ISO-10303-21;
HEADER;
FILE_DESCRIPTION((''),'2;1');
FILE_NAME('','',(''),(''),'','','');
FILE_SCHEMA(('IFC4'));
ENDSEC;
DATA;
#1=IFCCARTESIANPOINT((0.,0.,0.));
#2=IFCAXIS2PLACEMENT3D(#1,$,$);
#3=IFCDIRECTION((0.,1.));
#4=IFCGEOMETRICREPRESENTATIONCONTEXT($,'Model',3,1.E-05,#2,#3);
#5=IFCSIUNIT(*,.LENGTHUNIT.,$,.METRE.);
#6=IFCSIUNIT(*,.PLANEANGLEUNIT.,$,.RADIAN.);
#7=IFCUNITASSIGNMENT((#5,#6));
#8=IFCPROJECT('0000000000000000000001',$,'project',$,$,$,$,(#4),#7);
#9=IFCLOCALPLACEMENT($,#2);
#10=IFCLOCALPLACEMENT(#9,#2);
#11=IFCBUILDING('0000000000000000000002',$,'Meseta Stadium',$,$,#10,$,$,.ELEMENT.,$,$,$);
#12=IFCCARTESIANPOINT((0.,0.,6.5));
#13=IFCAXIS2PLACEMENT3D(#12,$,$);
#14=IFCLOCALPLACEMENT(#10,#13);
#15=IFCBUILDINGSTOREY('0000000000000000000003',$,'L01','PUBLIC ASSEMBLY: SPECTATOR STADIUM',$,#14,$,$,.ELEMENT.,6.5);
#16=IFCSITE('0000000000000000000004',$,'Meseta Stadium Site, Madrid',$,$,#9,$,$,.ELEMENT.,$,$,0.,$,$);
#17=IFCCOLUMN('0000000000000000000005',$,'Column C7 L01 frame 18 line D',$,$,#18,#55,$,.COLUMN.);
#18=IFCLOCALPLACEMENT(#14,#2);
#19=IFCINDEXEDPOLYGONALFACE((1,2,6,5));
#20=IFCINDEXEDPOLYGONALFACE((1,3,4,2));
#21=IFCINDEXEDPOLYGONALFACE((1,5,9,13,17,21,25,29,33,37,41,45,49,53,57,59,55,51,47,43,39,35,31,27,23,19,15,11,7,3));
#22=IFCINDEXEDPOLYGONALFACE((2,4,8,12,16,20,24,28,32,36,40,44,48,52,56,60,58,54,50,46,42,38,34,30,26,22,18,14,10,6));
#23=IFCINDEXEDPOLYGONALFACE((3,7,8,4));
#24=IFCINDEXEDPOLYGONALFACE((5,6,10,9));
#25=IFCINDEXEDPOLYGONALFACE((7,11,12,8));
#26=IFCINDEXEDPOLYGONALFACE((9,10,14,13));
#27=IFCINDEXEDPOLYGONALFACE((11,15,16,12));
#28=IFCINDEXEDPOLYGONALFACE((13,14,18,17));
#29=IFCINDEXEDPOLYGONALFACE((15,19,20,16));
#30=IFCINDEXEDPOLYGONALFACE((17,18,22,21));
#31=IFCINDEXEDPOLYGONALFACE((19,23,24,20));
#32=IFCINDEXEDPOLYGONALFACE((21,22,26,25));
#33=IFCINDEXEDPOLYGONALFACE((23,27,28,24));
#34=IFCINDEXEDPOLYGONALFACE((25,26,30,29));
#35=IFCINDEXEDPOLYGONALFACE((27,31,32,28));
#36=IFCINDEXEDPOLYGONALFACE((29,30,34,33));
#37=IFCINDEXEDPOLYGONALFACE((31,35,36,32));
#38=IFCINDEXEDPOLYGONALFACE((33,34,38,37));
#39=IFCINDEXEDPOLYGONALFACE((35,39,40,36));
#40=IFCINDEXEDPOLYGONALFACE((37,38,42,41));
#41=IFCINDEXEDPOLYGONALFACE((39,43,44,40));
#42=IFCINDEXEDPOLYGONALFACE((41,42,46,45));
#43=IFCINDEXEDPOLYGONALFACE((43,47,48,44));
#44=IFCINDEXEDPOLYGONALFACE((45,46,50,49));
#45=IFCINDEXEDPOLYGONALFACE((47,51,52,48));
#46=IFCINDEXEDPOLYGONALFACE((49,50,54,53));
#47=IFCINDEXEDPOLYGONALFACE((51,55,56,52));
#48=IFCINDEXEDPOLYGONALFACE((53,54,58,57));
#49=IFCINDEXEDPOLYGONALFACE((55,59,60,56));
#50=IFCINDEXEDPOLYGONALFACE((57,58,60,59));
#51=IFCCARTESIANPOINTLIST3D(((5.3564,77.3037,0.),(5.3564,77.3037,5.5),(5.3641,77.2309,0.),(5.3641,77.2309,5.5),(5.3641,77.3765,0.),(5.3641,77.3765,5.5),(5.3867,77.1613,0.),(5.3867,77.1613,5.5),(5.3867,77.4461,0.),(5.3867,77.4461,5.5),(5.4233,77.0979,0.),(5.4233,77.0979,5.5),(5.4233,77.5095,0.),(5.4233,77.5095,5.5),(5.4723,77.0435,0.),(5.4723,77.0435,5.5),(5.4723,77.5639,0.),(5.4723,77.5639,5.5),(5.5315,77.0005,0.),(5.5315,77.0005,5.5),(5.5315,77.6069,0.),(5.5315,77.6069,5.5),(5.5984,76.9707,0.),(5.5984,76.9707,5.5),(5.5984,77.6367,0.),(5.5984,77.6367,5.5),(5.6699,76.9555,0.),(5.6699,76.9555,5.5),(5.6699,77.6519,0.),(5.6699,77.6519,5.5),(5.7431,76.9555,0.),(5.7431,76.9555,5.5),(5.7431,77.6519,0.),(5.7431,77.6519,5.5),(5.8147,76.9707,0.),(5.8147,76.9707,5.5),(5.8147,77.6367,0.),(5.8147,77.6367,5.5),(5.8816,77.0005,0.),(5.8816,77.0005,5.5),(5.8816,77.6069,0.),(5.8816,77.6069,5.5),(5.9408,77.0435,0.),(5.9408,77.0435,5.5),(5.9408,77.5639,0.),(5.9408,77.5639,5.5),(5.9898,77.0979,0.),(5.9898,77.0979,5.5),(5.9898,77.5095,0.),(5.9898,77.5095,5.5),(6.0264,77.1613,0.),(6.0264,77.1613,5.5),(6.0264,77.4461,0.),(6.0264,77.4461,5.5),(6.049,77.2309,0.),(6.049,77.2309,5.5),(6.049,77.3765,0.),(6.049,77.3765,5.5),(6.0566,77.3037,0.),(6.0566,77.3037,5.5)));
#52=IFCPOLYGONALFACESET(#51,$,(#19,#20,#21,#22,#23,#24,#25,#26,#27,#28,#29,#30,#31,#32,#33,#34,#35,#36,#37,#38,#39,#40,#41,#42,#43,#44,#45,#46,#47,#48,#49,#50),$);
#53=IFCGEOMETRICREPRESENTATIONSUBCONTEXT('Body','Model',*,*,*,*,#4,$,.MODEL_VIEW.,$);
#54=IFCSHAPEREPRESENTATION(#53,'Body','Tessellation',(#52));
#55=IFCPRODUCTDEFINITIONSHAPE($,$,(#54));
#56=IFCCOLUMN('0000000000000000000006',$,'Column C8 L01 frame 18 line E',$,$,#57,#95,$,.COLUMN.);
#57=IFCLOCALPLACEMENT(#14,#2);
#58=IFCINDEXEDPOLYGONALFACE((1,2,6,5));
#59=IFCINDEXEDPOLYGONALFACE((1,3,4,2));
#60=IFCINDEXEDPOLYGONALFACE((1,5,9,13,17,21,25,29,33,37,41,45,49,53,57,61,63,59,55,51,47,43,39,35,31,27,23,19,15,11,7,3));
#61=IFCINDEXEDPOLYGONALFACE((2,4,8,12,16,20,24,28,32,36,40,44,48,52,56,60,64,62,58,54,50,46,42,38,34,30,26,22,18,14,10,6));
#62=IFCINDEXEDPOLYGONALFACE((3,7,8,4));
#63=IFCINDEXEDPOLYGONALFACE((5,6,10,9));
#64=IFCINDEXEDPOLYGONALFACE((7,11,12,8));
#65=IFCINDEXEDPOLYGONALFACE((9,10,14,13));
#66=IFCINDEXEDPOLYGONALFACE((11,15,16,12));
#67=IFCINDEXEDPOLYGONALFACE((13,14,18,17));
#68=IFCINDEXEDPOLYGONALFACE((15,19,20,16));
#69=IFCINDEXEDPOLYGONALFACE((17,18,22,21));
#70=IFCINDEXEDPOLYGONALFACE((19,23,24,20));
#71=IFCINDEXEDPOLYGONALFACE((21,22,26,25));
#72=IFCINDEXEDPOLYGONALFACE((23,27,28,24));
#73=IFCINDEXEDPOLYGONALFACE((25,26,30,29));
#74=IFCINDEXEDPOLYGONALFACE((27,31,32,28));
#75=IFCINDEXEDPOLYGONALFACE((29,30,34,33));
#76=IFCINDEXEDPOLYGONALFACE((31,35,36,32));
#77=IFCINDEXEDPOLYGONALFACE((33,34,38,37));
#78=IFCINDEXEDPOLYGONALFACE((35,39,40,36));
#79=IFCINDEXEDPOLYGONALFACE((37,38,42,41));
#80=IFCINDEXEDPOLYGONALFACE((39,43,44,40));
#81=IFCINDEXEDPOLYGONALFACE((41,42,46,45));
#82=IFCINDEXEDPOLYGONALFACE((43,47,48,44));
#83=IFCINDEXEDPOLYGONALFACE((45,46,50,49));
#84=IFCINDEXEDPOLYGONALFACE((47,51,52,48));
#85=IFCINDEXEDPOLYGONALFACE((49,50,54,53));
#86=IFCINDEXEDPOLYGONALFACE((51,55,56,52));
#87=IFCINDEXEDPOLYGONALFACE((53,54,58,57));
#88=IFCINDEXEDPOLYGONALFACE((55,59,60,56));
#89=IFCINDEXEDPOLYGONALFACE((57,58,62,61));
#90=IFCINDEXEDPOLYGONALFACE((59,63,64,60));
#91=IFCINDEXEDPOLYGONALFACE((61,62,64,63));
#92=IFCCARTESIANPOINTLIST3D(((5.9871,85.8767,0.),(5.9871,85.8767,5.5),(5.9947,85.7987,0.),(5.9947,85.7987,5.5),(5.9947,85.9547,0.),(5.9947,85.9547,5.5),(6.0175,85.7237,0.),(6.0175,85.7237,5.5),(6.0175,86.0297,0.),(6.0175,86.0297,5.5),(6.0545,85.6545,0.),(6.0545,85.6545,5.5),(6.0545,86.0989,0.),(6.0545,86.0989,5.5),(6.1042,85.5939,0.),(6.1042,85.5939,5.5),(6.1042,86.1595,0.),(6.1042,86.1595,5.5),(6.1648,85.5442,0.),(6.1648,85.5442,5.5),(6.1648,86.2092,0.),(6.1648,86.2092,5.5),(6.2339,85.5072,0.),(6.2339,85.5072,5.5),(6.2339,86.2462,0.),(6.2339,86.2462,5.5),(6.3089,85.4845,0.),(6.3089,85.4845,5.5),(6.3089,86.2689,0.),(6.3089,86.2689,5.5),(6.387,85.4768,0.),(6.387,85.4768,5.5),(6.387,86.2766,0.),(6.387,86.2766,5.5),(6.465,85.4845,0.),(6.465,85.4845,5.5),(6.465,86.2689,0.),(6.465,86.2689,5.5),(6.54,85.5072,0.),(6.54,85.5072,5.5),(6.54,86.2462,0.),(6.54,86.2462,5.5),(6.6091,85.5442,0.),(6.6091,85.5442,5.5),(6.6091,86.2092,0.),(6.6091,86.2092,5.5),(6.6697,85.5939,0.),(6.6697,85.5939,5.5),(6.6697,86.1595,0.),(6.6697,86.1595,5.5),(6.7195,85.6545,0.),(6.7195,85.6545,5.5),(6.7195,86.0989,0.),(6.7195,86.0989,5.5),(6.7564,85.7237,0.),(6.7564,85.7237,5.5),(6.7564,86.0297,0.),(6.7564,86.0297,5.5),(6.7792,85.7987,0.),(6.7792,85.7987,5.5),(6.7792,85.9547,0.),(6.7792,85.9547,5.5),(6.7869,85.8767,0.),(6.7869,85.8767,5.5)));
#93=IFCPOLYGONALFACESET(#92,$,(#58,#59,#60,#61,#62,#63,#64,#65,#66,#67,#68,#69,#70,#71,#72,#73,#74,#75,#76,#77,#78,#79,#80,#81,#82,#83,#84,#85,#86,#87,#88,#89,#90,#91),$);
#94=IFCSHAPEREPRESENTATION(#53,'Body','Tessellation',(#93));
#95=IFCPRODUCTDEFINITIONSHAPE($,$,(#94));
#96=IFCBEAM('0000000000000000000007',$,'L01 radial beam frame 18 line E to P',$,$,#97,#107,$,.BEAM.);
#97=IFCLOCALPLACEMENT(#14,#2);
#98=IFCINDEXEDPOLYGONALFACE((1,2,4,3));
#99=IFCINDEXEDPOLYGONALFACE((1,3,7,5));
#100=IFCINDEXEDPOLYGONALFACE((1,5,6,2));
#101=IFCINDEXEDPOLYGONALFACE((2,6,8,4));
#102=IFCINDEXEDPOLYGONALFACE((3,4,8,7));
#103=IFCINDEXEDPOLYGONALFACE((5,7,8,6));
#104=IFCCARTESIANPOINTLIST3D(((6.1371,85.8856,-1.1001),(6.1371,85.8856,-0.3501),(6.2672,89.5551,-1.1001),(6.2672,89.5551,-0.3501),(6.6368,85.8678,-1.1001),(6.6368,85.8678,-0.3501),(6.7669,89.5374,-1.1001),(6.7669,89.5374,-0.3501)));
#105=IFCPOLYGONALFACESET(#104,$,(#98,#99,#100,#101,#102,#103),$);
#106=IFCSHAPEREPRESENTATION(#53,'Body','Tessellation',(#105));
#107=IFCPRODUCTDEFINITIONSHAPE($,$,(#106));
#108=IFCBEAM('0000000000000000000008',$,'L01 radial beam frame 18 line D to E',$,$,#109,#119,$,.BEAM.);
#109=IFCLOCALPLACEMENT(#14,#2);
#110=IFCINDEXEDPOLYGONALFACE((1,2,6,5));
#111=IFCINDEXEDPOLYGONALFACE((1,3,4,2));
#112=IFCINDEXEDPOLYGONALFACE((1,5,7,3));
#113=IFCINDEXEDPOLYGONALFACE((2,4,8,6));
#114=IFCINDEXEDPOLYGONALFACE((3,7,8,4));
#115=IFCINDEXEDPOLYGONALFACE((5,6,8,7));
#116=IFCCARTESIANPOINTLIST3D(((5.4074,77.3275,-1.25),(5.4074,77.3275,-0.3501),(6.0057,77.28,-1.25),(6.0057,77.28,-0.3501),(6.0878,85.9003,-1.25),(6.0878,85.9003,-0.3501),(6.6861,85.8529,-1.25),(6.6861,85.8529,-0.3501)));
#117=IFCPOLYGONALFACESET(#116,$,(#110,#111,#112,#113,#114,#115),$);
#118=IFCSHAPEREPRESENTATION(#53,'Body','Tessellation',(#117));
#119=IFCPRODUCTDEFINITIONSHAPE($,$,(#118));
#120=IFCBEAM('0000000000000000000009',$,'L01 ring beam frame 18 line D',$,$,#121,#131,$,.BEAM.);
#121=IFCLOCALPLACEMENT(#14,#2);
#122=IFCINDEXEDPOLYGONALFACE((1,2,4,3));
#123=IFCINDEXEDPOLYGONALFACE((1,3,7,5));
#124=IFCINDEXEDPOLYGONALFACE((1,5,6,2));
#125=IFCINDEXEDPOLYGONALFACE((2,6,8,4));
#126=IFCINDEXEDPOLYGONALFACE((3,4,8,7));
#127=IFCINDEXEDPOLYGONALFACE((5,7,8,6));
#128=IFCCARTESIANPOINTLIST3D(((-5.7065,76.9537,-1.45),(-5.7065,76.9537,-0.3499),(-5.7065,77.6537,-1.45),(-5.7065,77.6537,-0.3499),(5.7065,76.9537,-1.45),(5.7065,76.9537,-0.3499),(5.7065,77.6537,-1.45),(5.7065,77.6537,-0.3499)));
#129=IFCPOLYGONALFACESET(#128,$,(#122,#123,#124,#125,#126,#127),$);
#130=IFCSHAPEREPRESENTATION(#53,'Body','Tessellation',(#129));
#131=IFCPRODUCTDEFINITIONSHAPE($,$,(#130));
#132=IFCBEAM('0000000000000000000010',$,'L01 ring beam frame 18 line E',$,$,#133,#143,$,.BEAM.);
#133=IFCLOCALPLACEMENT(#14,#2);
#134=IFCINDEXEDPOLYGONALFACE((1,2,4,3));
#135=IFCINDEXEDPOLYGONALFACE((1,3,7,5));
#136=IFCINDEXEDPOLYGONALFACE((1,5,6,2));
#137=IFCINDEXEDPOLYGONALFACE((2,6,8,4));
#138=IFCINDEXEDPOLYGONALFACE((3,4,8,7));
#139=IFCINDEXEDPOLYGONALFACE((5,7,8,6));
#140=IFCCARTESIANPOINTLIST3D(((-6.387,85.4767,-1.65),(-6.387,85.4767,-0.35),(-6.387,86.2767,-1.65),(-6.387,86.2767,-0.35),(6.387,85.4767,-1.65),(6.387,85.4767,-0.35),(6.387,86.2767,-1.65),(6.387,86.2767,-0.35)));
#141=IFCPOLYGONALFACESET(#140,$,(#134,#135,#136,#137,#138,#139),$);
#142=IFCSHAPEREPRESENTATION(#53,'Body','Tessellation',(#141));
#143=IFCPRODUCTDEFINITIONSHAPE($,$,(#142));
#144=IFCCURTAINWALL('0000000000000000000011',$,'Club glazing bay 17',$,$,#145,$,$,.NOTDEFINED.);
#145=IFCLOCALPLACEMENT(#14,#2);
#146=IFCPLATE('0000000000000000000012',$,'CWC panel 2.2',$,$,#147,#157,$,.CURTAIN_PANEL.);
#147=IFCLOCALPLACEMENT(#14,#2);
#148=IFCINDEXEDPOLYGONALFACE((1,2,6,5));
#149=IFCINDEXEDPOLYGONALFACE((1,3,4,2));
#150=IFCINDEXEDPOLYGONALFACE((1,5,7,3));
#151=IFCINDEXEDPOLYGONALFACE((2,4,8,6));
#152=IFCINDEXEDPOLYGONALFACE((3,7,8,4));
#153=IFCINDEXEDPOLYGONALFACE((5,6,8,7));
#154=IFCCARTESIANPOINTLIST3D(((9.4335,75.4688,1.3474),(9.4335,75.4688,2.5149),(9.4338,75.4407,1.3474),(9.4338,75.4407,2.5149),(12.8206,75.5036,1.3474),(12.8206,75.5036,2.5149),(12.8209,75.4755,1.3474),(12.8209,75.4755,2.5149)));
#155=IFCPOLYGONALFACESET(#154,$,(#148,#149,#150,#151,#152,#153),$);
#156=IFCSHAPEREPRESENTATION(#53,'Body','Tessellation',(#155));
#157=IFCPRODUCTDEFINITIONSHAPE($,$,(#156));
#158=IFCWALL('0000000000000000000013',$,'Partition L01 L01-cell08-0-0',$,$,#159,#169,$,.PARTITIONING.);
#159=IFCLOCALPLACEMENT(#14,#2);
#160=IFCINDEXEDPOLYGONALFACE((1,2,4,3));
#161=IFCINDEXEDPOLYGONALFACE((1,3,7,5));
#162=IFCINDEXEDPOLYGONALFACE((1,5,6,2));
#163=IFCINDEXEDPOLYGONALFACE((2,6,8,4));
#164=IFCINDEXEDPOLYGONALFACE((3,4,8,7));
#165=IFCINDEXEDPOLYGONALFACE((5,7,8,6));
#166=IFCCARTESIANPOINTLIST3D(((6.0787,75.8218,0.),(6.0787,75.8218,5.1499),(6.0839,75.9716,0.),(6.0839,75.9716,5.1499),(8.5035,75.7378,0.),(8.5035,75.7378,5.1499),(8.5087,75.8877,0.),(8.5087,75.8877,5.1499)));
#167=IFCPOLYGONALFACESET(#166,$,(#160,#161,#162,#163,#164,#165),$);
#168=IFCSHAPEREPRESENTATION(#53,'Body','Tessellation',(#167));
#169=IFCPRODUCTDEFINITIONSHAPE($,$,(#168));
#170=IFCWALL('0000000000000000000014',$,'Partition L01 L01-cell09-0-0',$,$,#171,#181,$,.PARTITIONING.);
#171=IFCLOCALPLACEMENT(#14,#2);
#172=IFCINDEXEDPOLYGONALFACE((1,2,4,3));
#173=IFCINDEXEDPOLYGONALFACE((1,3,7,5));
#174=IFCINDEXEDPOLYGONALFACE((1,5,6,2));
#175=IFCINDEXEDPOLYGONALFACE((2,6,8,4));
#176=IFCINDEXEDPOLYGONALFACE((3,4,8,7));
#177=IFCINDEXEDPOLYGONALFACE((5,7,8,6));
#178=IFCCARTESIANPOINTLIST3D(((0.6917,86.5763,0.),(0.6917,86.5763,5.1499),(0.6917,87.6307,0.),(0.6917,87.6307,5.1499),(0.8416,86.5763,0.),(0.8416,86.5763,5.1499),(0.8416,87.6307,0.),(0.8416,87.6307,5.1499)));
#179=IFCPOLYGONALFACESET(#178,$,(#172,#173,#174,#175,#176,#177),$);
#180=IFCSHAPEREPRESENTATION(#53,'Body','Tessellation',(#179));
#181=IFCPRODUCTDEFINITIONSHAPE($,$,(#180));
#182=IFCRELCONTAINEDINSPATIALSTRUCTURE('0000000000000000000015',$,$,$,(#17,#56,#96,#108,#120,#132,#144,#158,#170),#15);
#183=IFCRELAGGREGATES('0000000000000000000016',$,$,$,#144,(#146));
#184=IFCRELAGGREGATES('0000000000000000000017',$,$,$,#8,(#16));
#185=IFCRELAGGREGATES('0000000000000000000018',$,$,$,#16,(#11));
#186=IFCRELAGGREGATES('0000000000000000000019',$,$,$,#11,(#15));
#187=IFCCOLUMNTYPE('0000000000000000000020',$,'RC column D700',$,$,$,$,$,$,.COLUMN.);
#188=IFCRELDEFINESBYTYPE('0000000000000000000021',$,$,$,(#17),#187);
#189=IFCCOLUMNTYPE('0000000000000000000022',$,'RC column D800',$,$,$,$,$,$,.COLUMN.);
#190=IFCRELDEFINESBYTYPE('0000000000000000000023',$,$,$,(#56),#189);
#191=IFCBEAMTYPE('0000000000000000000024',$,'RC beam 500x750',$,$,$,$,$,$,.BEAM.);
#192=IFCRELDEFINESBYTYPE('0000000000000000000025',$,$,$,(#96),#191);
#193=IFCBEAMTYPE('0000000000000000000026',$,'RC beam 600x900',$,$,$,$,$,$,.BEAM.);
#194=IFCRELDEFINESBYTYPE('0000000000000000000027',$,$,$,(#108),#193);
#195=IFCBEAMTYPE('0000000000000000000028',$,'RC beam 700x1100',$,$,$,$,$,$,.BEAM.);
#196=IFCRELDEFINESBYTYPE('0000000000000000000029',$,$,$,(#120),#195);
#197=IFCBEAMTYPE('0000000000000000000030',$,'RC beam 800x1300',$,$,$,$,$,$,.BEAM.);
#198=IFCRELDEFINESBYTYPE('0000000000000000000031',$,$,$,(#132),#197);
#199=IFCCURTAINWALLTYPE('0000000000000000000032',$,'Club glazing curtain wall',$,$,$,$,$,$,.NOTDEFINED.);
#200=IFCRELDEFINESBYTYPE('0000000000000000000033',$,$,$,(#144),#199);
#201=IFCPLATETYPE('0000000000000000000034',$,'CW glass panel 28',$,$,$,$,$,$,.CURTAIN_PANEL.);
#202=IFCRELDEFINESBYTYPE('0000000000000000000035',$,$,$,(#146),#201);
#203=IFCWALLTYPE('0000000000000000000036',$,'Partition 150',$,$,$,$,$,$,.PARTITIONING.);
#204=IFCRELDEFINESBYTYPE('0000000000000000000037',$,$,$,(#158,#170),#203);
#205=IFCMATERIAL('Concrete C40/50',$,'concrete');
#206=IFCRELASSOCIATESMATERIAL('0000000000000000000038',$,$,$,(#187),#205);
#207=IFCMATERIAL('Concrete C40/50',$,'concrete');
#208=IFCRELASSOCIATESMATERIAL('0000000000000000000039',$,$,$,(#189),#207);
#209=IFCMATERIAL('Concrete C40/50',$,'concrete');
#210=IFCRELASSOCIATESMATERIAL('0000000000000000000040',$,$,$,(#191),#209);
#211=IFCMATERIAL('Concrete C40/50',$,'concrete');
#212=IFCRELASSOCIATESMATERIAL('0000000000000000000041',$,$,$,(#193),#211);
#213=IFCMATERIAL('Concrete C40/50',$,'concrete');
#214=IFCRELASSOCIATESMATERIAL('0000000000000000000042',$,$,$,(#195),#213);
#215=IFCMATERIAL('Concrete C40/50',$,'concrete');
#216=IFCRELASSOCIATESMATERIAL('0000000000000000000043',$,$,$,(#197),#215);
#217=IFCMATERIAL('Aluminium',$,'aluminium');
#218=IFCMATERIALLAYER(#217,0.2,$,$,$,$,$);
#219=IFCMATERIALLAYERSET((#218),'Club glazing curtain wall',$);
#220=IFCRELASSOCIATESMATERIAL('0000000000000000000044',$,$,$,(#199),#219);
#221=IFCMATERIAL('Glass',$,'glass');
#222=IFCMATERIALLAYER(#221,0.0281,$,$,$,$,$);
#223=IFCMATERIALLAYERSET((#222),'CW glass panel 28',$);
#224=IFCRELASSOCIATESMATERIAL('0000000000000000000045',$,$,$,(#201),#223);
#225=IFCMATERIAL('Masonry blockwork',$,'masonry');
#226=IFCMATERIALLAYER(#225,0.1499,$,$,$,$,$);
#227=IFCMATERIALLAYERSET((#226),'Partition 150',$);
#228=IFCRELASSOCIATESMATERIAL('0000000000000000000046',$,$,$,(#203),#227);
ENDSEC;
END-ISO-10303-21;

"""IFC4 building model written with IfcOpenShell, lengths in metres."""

from ifc_helpers import new_model, si_unit, direction, frame, frame_2d, origin, origin_2d, place, context, subcontext, project, spatial, rectangle, circle, extrude, material, layer, layer_set, material_profile, profile_set, type_object, element, aggregate, save


model = new_model("IFC4")

# Units and contexts
model_context = context("Model", 3, precision=1e-05, world=origin(), true_north=direction((0.0, 1.0)))
body_context = subcontext(model_context, "Body", "Model", "MODEL_VIEW")
ifc_project = project(units=[si_unit("LENGTHUNIT", "METRE"), si_unit("PLANEANGLEUNIT", "RADIAN")], contexts=[model_context])

# Site, building, storey
site_placement = place(None, origin())
site = spatial("IfcSite", under=ifc_project, at=site_placement, Name="Meseta Stadium Site, Madrid", CompositionType="ELEMENT", RefElevation=0.0)
building_placement = place(site_placement, origin())
building = spatial("IfcBuilding", under=site, at=building_placement, Name="Meseta Stadium", CompositionType="ELEMENT")
storey_placement = place(building_placement, frame((0.0, 0.0, 6.5)))
storey = spatial("IfcBuildingStorey", under=building, at=storey_placement, Name="L01", Description="PUBLIC ASSEMBLY: SPECTATOR STADIUM", CompositionType="ELEMENT", Elevation=6.5)

# Columns
ifc_material_1 = material(Name="Concrete C40/50", Category="concrete")
ifc_material_profile_1 = material_profile(ifc_material_1, circle(Radius=0.3501, at=origin_2d()), Name="RC D700")
ifc_profile_set_1 = profile_set([ifc_material_profile_1], Name="Concrete C40/50")
column_type_1 = type_object("IfcColumnType", Name="RC column D700", PredefinedType="COLUMN", material=ifc_profile_set_1)
column_1_placement = place(storey_placement, frame((5.7065, 77.3037, 0.0), z_axis=(0.0, 0.0, 1.0), x_axis=(1.0, 0.0, 0.0)))
element("IfcColumn", 1, at=column_1_placement, inside=storey, type_object=column_type_1, Name="Column C7 L01 frame 18 line D", PredefinedType="COLUMN", context=body_context, shape_type="SweptSolid", body=[
    extrude(circle(Radius=0.3501, at=origin_2d()), origin(), (0.0, 0.0, 1.0), 5.5),
])
ifc_material_2 = material(Name="Concrete C40/50", Category="concrete")
ifc_material_profile_2 = material_profile(ifc_material_2, circle(Radius=0.3999, at=origin_2d()), Name="RC D800")
ifc_profile_set_2 = profile_set([ifc_material_profile_2], Name="Concrete C40/50")
column_type_2 = type_object("IfcColumnType", Name="RC column D800", PredefinedType="COLUMN", material=ifc_profile_set_2)
column_2_placement = place(storey_placement, frame((6.387, 85.8767, 0.0), z_axis=(0.0, 0.0, 1.0), x_axis=(1.0, 0.0, 0.0)))
element("IfcColumn", 2, at=column_2_placement, inside=storey, type_object=column_type_2, Name="Column C8 L01 frame 18 line E", PredefinedType="COLUMN", context=body_context, shape_type="SweptSolid", body=[
    extrude(circle(Radius=0.3999, at=origin_2d()), origin(), (0.0, 0.0, 1.0), 5.5),
])

# Beams
ifc_material_3 = material(Name="Concrete C40/50", Category="concrete")
ifc_material_profile_3 = material_profile(ifc_material_3, rectangle(XDim=0.5, YDim=0.75, at=origin_2d()), Name="RC 500x750")
ifc_profile_set_3 = profile_set([ifc_material_profile_3], Name="Concrete C40/50")
beam_type_1 = type_object("IfcBeamType", Name="RC beam 500x750", PredefinedType="BEAM", material=ifc_profile_set_3)
beam_1_placement = place(storey_placement, frame((6.387, 85.8767, -0.7251), z_axis=(0.035438, 0.999372, 0.0), x_axis=(-0.999372, 0.035438, 0.0)))
element("IfcBeam", 3, at=beam_1_placement, inside=storey, type_object=beam_type_1, Name="L01 radial beam frame 18 line E to P", PredefinedType="BEAM", context=body_context, shape_type="SweptSolid", body=[
    extrude(rectangle(XDim=0.5, YDim=0.75, at=origin_2d()), origin(), (0.0, 0.0, 1.0), 3.6719),
])
ifc_material_4 = material(Name="Concrete C40/50", Category="concrete")
ifc_material_profile_4 = material_profile(ifc_material_4, rectangle(XDim=0.6001, YDim=0.8999, at=origin_2d()), Name="RC 600x900")
ifc_profile_set_4 = profile_set([ifc_material_profile_4], Name="Concrete C40/50")
beam_type_2 = type_object("IfcBeamType", Name="RC beam 600x900", PredefinedType="BEAM", material=ifc_profile_set_4)
beam_2_placement = place(storey_placement, frame((5.7065, 77.3037, -0.8), z_axis=(0.079119, 0.996865, 0.0), x_axis=(-0.996865, 0.079119, 0.0)))
element("IfcBeam", 4, at=beam_2_placement, inside=storey, type_object=beam_type_2, Name="L01 radial beam frame 18 line D to E", PredefinedType="BEAM", context=body_context, shape_type="SweptSolid", body=[
    extrude(rectangle(XDim=0.6001, YDim=0.8999, at=origin_2d()), origin(), (0.0, 0.0, 1.0), 8.5999),
])
ifc_material_5 = material(Name="Concrete C40/50", Category="concrete")
ifc_material_profile_5 = material_profile(ifc_material_5, rectangle(XDim=0.7, YDim=1.1001, at=origin_2d()), Name="RC 700x1100")
ifc_profile_set_5 = profile_set([ifc_material_profile_5], Name="Concrete C40/50")
beam_type_3 = type_object("IfcBeamType", Name="RC beam 700x1100", PredefinedType="BEAM", material=ifc_profile_set_5)
beam_3_placement = place(storey_placement, frame((5.7065, 77.3037, -0.8999), z_axis=(-1.0, 0.0, 0.0), x_axis=(0.0, -1.0, 0.0)))
element("IfcBeam", 5, at=beam_3_placement, inside=storey, type_object=beam_type_3, Name="L01 ring beam frame 18 line D", PredefinedType="BEAM", context=body_context, shape_type="SweptSolid", body=[
    extrude(rectangle(XDim=0.7, YDim=1.1001, at=origin_2d()), origin(), (0.0, 0.0, 1.0), 11.4131),
])
ifc_material_6 = material(Name="Concrete C40/50", Category="concrete")
ifc_material_profile_6 = material_profile(ifc_material_6, rectangle(XDim=0.8, YDim=1.3, at=origin_2d()), Name="RC 800x1300")
ifc_profile_set_6 = profile_set([ifc_material_profile_6], Name="Concrete C40/50")
beam_type_4 = type_object("IfcBeamType", Name="RC beam 800x1300", PredefinedType="BEAM", material=ifc_profile_set_6)
beam_4_placement = place(storey_placement, frame((6.387, 85.8767, -1.0), z_axis=(-1.0, 0.0, 0.0), x_axis=(0.0, -1.0, 0.0)))
element("IfcBeam", 6, at=beam_4_placement, inside=storey, type_object=beam_type_4, Name="L01 ring beam frame 18 line E", PredefinedType="BEAM", context=body_context, shape_type="SweptSolid", body=[
    extrude(rectangle(XDim=0.8, YDim=1.3, at=origin_2d()), origin(), (0.0, 0.0, 1.0), 12.7739),
])

# Curtain wall, plate
ifc_material_7 = material(Name="Aluminium", Category="aluminium")
ifc_layer_1 = layer(ifc_material_7, 0.2)
ifc_layer_set_1 = layer_set([ifc_layer_1], Name="Club glazing curtain wall")
curtain_wall_type = type_object("IfcCurtainWallType", Name="Club glazing curtain wall", PredefinedType="NOTDEFINED", material=ifc_layer_set_1)
curtain_wall_placement = place(storey_placement, origin())
curtain_wall = element("IfcCurtainWall", 7, at=curtain_wall_placement, inside=storey, type_object=curtain_wall_type, Name="Club glazing bay 17", PredefinedType="NOTDEFINED")
ifc_material_8 = material(Name="Glass", Category="glass")
ifc_layer_2 = layer(ifc_material_8, 0.0281)
ifc_layer_set_2 = layer_set([ifc_layer_2], Name="CW glass panel 28")
plate_type = type_object("IfcPlateType", Name="CW glass panel 28", PredefinedType="CURTAIN_PANEL", material=ifc_layer_set_2)
plate_placement = place(storey_placement, frame((11.1272, 75.4722, 1.3474), z_axis=(0.0, 0.0, 1.0), x_axis=(-0.999947, -0.010279, 0.0)))
plate = element("IfcPlate", 8, at=plate_placement, type_object=plate_type, Name="CWC panel 2.2", PredefinedType="CURTAIN_PANEL", context=body_context, shape_type="SweptSolid", body=[
    extrude(rectangle(XDim=3.3872, YDim=0.0281, at=origin_2d()), origin(), (0.0, 0.0, 1.0), 1.1675),
])
aggregate(curtain_wall, [plate])

# Walls
ifc_material_9 = material(Name="Masonry blockwork", Category="masonry")
ifc_layer_3 = layer(ifc_material_9, 0.1499)
ifc_layer_set_3 = layer_set([ifc_layer_3], Name="Partition 150")
wall_type = type_object("IfcWallType", Name="Partition 150", PredefinedType="PARTITIONING", material=ifc_layer_set_3)
wall_1_placement = place(storey_placement, frame((8.5061, 75.8127, 0.0), z_axis=(0.0, 0.0, 1.0), x_axis=(-0.999401, 0.034615, 0.0)))
element("IfcWall", 9, at=wall_1_placement, inside=storey, type_object=wall_type, Name="Partition L01 L01-cell08-0-0", PredefinedType="PARTITIONING", context=body_context, shape_type="SweptSolid", body=[
    extrude(rectangle(XDim=2.4263, YDim=0.1499, at=frame_2d((1.2131, 0.0))), origin(), (0.0, 0.0, 1.0), 5.1499),
])
wall_2_placement = place(storey_placement, frame((0.7666, 87.6309, 0.0), z_axis=(0.0, 0.0, 1.0), x_axis=(0.0, -1.0, 0.0)))
element("IfcWall", 10, at=wall_2_placement, inside=storey, type_object=wall_type, Name="Partition L01 L01-cell09-0-0", PredefinedType="PARTITIONING", context=body_context, shape_type="SweptSolid", body=[
    extrude(rectangle(XDim=1.0544, YDim=0.1499, at=frame_2d((0.5273, 0.0))), origin(), (0.0, 0.0, 1.0), 5.1499),
])

save(model, "model.ifc")
